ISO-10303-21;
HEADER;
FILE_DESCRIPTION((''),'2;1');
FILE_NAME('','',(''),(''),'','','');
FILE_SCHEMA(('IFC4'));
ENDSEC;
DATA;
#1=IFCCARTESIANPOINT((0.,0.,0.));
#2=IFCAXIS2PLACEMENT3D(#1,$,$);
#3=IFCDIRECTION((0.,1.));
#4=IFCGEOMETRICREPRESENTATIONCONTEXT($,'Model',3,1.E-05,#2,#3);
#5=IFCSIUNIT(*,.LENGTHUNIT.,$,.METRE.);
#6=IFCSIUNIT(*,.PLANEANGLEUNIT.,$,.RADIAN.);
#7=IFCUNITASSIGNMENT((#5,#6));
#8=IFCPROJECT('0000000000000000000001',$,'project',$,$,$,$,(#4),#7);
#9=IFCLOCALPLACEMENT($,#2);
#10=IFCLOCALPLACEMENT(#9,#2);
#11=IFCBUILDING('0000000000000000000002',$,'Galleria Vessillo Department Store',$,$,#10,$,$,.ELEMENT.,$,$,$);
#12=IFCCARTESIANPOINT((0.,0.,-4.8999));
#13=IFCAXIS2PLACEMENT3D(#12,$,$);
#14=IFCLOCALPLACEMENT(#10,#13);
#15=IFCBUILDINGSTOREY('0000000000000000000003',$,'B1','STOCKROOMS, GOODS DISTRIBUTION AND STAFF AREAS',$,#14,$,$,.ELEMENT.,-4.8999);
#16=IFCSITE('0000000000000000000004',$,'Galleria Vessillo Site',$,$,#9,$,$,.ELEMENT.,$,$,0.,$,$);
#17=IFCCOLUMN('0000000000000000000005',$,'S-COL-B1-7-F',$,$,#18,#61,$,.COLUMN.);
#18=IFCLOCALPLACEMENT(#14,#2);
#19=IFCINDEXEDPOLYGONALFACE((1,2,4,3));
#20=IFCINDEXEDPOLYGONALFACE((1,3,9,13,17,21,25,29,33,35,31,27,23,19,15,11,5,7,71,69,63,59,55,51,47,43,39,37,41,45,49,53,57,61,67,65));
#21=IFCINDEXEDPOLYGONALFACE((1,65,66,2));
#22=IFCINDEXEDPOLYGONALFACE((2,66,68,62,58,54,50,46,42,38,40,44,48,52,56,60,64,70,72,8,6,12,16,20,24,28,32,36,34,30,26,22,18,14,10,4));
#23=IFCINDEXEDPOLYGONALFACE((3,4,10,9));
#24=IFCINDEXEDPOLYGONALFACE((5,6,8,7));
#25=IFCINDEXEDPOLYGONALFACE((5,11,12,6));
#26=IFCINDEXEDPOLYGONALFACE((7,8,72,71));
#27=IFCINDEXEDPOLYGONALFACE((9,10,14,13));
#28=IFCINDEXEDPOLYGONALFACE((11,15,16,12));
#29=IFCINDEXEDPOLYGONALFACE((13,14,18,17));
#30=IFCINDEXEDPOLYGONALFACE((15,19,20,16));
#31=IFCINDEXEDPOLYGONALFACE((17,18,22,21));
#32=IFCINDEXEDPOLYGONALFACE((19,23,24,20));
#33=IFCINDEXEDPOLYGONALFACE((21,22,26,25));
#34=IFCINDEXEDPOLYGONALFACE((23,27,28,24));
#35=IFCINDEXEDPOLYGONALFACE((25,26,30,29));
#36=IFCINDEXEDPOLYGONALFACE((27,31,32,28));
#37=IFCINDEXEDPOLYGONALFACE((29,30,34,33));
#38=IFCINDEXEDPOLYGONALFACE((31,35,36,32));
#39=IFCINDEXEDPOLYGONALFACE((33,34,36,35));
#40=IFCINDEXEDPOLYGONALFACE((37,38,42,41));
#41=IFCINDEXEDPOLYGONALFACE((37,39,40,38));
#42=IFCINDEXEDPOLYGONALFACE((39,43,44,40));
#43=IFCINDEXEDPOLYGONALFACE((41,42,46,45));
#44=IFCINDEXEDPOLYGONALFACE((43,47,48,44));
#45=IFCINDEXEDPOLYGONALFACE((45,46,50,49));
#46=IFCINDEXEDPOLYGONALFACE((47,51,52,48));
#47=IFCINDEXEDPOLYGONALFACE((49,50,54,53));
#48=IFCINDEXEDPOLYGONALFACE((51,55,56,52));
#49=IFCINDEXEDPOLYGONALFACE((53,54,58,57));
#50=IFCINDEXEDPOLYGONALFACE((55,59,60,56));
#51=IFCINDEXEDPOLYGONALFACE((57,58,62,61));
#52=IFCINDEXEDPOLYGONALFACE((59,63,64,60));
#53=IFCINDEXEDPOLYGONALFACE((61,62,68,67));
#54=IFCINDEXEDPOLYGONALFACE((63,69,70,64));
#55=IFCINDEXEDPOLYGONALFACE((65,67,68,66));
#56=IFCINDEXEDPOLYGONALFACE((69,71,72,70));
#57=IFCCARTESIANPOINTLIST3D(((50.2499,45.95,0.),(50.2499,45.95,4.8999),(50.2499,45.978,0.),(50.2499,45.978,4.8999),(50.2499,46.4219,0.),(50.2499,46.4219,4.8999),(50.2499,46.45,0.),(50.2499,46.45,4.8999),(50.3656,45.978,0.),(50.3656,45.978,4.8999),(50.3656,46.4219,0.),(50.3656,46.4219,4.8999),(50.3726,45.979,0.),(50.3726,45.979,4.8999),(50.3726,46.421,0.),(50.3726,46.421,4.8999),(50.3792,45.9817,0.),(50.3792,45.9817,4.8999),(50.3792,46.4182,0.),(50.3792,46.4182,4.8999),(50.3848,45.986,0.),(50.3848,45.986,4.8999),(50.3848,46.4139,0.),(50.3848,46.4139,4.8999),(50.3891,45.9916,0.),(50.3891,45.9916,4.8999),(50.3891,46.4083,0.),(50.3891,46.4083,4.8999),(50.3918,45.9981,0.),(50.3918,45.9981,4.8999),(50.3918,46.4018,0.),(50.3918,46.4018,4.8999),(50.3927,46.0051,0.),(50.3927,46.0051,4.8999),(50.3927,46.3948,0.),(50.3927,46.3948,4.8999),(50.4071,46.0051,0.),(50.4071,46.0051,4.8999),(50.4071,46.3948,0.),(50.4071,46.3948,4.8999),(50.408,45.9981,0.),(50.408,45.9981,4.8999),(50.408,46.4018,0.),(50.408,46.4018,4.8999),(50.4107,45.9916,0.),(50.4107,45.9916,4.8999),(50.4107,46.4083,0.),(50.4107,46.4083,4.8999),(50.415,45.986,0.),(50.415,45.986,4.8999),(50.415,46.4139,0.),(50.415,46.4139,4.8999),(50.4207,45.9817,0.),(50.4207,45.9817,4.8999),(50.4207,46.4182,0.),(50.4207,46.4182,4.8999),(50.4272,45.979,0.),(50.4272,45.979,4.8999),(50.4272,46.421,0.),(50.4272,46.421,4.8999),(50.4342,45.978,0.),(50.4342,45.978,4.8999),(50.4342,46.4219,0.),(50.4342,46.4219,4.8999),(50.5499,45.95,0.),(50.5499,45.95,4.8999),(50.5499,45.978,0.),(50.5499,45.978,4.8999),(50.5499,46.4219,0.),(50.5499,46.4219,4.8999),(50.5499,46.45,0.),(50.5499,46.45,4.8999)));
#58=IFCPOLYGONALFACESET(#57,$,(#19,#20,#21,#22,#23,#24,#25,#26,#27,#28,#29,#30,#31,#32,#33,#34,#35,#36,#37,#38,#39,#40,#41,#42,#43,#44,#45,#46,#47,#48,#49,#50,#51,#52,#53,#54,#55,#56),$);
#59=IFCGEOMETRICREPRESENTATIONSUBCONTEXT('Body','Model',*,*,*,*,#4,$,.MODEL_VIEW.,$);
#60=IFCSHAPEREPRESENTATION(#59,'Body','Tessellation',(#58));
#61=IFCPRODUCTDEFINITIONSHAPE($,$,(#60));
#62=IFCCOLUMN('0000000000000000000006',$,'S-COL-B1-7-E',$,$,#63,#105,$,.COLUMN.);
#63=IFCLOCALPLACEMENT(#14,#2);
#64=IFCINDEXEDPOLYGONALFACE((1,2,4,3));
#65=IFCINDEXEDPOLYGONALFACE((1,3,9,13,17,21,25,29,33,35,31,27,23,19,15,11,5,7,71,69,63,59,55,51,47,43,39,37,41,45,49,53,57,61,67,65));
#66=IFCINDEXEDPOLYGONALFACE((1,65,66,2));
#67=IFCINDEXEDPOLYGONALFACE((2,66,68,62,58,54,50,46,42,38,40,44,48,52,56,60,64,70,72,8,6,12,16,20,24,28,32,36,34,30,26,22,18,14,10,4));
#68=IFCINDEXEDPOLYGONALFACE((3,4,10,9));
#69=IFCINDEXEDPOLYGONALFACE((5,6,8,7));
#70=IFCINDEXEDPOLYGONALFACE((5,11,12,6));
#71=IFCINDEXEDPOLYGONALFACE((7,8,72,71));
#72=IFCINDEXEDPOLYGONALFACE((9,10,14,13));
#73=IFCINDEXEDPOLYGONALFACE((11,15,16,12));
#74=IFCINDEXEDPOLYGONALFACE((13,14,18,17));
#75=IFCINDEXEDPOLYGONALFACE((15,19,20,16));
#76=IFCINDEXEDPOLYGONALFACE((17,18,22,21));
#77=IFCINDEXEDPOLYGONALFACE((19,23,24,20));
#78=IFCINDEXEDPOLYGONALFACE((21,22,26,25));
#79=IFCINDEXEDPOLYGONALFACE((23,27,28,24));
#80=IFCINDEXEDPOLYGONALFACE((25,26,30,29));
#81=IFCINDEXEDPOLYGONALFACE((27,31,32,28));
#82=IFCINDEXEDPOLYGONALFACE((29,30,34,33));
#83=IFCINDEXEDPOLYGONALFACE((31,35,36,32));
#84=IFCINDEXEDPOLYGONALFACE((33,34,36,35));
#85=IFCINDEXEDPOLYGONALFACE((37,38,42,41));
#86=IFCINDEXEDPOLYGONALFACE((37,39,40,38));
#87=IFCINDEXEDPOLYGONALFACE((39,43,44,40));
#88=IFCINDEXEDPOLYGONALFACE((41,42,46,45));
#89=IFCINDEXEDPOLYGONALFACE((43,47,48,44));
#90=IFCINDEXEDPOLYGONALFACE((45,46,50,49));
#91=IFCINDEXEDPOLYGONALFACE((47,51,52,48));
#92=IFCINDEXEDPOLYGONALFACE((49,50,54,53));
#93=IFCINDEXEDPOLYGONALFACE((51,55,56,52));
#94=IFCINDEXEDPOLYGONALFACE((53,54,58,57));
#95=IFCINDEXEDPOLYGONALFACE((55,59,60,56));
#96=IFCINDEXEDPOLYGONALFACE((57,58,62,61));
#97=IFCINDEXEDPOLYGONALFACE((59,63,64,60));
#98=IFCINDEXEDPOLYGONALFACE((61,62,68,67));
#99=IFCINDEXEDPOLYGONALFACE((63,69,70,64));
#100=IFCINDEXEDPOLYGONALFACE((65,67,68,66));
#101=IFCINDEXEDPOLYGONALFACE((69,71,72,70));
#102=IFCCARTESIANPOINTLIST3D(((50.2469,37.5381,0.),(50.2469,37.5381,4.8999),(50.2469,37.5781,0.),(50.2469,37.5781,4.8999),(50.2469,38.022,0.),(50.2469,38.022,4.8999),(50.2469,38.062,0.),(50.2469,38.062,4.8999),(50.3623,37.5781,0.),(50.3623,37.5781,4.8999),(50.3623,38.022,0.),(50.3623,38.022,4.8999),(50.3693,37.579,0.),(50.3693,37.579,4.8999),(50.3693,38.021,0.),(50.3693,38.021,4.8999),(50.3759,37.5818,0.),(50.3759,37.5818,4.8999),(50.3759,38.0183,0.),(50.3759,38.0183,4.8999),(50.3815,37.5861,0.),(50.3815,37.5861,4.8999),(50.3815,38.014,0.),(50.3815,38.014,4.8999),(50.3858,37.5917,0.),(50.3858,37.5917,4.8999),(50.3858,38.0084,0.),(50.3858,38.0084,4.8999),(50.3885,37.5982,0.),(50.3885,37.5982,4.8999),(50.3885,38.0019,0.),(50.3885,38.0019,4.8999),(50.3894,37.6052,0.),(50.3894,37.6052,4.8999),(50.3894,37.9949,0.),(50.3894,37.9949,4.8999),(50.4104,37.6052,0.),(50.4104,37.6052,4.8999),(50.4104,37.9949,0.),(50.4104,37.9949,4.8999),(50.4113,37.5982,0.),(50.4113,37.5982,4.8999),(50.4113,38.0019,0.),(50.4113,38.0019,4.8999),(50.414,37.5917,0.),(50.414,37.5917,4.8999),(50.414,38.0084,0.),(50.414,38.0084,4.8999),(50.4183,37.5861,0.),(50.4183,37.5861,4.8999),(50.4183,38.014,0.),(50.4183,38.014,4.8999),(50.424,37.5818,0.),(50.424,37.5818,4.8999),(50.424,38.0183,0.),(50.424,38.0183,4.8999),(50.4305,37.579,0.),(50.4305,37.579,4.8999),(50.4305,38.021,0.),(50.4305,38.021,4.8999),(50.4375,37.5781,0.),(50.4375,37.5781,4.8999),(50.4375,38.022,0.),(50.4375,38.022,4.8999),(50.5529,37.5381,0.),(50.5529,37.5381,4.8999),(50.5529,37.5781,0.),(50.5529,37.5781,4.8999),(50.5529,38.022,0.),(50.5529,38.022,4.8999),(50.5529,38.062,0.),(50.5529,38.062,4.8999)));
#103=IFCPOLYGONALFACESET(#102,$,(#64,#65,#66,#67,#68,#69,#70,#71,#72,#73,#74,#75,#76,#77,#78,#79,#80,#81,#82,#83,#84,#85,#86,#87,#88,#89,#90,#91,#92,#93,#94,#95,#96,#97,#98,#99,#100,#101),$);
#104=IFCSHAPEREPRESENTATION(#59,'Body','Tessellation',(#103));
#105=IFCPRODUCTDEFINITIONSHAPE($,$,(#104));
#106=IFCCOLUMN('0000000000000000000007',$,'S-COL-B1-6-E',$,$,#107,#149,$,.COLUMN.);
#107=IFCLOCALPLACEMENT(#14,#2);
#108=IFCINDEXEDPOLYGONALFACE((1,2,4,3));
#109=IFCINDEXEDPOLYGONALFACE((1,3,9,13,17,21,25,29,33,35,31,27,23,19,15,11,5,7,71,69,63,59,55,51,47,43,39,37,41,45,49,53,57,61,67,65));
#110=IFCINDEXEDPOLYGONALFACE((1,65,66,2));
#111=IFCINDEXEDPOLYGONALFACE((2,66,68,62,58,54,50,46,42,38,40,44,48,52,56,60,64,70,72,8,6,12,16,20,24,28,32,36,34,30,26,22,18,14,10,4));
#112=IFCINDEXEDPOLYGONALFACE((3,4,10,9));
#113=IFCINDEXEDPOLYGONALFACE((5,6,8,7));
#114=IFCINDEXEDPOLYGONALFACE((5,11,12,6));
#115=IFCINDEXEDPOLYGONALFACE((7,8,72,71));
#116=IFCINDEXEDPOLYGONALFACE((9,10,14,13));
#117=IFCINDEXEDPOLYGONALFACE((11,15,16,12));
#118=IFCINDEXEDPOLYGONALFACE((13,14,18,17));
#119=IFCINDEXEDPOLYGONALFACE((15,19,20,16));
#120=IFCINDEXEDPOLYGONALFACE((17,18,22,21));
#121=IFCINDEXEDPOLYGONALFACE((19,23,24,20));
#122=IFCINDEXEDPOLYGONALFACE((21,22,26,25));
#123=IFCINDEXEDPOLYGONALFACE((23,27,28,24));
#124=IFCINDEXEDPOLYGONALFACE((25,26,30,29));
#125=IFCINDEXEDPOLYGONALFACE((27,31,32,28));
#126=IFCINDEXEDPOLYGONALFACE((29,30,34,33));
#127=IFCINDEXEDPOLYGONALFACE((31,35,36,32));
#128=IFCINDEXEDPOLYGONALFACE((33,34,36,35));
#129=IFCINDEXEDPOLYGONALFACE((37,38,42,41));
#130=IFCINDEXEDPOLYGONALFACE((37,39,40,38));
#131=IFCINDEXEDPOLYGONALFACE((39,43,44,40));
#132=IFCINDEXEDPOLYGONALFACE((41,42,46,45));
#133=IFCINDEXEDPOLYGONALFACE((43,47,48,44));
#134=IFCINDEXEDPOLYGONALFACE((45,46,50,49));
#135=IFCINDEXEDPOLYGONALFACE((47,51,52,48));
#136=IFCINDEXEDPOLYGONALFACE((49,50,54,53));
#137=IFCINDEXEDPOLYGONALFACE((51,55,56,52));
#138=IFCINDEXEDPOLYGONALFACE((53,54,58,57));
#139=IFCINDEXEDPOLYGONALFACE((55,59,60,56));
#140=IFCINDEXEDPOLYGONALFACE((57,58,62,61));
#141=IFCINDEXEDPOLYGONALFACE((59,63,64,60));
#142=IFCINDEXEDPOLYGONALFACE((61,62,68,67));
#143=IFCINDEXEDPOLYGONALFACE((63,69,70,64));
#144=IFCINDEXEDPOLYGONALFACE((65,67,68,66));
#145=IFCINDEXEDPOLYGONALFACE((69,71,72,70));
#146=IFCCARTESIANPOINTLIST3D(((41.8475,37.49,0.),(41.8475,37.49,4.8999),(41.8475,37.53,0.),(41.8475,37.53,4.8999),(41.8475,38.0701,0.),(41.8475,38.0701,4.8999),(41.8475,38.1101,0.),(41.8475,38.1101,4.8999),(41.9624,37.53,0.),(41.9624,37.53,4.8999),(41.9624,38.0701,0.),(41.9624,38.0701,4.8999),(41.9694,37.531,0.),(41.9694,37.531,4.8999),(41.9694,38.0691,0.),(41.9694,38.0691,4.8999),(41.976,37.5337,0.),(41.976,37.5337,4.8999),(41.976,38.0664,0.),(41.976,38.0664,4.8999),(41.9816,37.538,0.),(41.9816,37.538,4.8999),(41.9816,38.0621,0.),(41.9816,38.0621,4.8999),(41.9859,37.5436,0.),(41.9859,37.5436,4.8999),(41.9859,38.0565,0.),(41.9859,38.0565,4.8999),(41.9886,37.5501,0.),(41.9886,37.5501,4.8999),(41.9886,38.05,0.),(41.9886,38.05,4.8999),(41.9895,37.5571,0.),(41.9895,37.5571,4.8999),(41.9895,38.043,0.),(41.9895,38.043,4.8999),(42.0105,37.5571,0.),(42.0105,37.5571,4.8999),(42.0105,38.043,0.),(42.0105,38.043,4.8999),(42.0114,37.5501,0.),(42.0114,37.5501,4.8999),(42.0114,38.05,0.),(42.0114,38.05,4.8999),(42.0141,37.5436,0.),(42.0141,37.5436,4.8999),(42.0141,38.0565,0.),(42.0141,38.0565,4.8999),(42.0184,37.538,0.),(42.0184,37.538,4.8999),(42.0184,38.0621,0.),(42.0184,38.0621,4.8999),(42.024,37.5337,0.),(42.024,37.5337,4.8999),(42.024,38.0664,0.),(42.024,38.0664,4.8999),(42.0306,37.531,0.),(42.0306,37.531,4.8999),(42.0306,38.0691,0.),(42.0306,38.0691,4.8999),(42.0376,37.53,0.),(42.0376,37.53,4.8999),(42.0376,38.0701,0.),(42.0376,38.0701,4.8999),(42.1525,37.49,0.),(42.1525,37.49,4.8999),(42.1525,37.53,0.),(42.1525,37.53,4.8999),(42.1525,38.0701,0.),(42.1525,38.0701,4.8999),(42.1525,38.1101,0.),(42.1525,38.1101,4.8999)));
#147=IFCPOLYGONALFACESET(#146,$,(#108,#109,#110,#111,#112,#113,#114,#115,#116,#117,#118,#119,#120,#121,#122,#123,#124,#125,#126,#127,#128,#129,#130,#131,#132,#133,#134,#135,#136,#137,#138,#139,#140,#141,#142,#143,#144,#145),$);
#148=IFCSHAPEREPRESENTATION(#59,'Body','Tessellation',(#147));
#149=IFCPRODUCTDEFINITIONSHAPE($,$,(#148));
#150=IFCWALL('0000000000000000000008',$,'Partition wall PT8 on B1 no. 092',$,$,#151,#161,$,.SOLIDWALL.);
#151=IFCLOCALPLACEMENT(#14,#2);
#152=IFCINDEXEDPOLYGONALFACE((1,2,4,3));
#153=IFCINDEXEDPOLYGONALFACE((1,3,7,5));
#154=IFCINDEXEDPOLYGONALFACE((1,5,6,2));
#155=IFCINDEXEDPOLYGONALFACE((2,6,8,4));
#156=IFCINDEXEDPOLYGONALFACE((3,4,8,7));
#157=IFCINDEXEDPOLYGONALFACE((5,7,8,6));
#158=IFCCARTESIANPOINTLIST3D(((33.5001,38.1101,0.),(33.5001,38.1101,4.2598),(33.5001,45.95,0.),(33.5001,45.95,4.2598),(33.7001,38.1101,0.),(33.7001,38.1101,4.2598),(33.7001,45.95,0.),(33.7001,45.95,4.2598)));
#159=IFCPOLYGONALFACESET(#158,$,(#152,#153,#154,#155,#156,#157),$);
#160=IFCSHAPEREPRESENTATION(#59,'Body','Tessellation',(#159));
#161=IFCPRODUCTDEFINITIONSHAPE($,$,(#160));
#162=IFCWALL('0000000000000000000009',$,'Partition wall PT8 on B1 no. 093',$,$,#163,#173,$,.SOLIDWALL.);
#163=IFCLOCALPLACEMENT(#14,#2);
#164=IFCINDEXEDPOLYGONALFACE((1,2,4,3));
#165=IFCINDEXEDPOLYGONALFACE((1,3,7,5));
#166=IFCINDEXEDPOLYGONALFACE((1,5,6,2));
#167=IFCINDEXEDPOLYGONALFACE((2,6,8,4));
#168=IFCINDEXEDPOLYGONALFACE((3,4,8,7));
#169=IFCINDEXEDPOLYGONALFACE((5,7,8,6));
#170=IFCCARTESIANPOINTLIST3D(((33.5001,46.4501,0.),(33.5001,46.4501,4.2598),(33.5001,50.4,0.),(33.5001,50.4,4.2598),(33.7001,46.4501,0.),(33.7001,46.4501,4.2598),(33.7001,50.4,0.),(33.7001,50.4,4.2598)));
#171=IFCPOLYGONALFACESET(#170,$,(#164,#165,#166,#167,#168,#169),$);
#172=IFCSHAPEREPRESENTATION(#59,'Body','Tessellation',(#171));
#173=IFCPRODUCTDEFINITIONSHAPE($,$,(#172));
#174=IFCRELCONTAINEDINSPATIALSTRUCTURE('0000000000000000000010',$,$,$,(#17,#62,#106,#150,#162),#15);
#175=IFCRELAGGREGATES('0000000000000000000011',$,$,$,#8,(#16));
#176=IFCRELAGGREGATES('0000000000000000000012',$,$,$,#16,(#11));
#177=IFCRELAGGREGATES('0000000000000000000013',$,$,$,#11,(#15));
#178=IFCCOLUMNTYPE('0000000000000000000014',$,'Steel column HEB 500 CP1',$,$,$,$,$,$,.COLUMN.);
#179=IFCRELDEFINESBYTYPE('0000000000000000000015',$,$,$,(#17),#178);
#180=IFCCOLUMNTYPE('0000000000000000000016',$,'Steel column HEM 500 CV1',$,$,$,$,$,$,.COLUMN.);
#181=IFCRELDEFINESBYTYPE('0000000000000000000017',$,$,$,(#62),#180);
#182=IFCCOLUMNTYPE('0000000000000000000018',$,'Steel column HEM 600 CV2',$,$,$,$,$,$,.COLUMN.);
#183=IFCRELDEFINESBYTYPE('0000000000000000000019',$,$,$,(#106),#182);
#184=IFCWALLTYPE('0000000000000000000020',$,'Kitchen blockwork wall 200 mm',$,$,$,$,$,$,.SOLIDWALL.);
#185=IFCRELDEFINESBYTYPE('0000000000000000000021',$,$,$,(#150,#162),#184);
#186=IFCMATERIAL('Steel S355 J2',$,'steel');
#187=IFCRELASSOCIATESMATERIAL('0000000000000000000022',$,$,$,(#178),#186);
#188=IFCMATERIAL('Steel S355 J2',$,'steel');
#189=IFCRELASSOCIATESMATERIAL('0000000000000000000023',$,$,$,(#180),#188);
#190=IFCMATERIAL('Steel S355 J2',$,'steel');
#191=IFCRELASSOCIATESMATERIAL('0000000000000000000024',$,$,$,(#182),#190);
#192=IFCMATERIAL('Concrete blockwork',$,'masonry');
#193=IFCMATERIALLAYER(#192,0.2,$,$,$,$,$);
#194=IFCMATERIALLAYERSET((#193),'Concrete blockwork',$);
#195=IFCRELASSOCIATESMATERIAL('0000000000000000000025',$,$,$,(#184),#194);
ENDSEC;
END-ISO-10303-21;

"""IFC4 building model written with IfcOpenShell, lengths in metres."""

from ifc_helpers import new_model, si_unit, direction, frame, frame_2d, origin, origin_2d, place, context, subcontext, project, spatial, rectangle, i_section, extrude, material, layer, layer_set, material_profile, profile_set, type_object, element, save


model = new_model("IFC4")

# Units and contexts
model_context = context("Model", 3, precision=1e-05, world=origin(), true_north=direction((0.0, 1.0)))
body_context = subcontext(model_context, "Body", "Model", "MODEL_VIEW")
ifc_project = project(units=[si_unit("LENGTHUNIT", "METRE"), si_unit("PLANEANGLEUNIT", "RADIAN")], contexts=[model_context])

# Site, building, storey
site_placement = place(None, origin())
site = spatial("IfcSite", under=ifc_project, at=site_placement, Name="Galleria Vessillo Site", CompositionType="ELEMENT", RefElevation=0.0)
building_placement = place(site_placement, origin())
building = spatial("IfcBuilding", under=site, at=building_placement, Name="Galleria Vessillo Department Store", CompositionType="ELEMENT")
storey_placement = place(building_placement, frame((0.0, 0.0, -4.8999)))
storey = spatial("IfcBuildingStorey", under=building, at=storey_placement, Name="B1", Description="STOCKROOMS, GOODS DISTRIBUTION AND STAFF AREAS", CompositionType="ELEMENT", Elevation=-4.8999)

# Columns
ifc_material_1 = material(Name="Steel S355 J2", Category="steel")
ifc_material_profile_1 = material_profile(ifc_material_1, i_section(OverallWidth=0.3, OverallDepth=0.5, WebThickness=0.0144, FlangeThickness=0.0281, FilletRadius=0.0271, at=origin_2d()), Name="HEB 500")
ifc_profile_set_1 = profile_set([ifc_material_profile_1], Name="Steel S355 J2")
column_type_1 = type_object("IfcColumnType", Name="Steel column HEB 500 CP1", PredefinedType="COLUMN", material=ifc_profile_set_1)
for number, where, z_axis, x_axis, name in (
    (1, (50.3999, 46.2, 0.0), (0.0, 0.0, 1.0), (1.0, 0.0, 0.0), "S-COL-B1-7-F"),
):
    element("IfcColumn", number, at=place(storey_placement, frame(where, z_axis=z_axis, x_axis=x_axis)), inside=storey, type_object=column_type_1, Name=name, PredefinedType="COLUMN", context=body_context, shape_type="SweptSolid", body=[
        extrude(i_section(OverallWidth=0.3, OverallDepth=0.5, WebThickness=0.0144, FlangeThickness=0.0281, FilletRadius=0.0271, at=origin_2d()), origin(), (0.0, 0.0, 1.0), 4.8999),
    ])
ifc_material_2 = material(Name="Steel S355 J2", Category="steel")
ifc_material_profile_2 = material_profile(ifc_material_2, i_section(OverallWidth=0.3059, OverallDepth=0.5239, WebThickness=0.021, FlangeThickness=0.04, FilletRadius=0.0271, at=origin_2d()), Name="HEM 500")
ifc_profile_set_2 = profile_set([ifc_material_profile_2], Name="Steel S355 J2")
column_type_2 = type_object("IfcColumnType", Name="Steel column HEM 500 CV1", PredefinedType="COLUMN", material=ifc_profile_set_2)
column_1_placement = place(storey_placement, frame((50.3999, 37.8, 0.0), z_axis=(0.0, 0.0, 1.0), x_axis=(1.0, 0.0, 0.0)))
element("IfcColumn", 2, at=column_1_placement, inside=storey, type_object=column_type_2, Name="S-COL-B1-7-E", PredefinedType="COLUMN", context=body_context, shape_type="SweptSolid", body=[
    extrude(i_section(OverallWidth=0.3059, OverallDepth=0.5239, WebThickness=0.021, FlangeThickness=0.04, FilletRadius=0.0271, at=origin_2d()), origin(), (0.0, 0.0, 1.0), 4.8999),
])
ifc_material_3 = material(Name="Steel S355 J2", Category="steel")
ifc_material_profile_3 = material_profile(ifc_material_3, i_section(OverallWidth=0.3049, OverallDepth=0.6201, WebThickness=0.021, FlangeThickness=0.04, FilletRadius=0.0271, at=origin_2d()), Name="HEM 600")
ifc_profile_set_3 = profile_set([ifc_material_profile_3], Name="Steel S355 J2")
column_type_3 = type_object("IfcColumnType", Name="Steel column HEM 600 CV2", PredefinedType="COLUMN", material=ifc_profile_set_3)
column_2_placement = place(storey_placement, frame((42.0, 37.8, 0.0), z_axis=(0.0, 0.0, 1.0), x_axis=(1.0, 0.0, 0.0)))
element("IfcColumn", 3, at=column_2_placement, inside=storey, type_object=column_type_3, Name="S-COL-B1-6-E", PredefinedType="COLUMN", context=body_context, shape_type="SweptSolid", body=[
    extrude(i_section(OverallWidth=0.3049, OverallDepth=0.6201, WebThickness=0.021, FlangeThickness=0.04, FilletRadius=0.0271, at=origin_2d()), origin(), (0.0, 0.0, 1.0), 4.8999),
])

# Walls
ifc_material_4 = material(Name="Concrete blockwork", Category="masonry")
ifc_layer_1 = layer(ifc_material_4, 0.2)
ifc_layer_set_1 = layer_set([ifc_layer_1], Name="Concrete blockwork")
wall_type_1 = type_object("IfcWallType", Name="Kitchen blockwork wall 200 mm", PredefinedType="SOLIDWALL", material=ifc_layer_set_1)
wall_1_placement = place(storey_placement, frame((33.6001, 38.1101, 0.0), z_axis=(0.0, 0.0, 1.0), x_axis=(0.0, 1.0, 0.0)))
element("IfcWall", 4, at=wall_1_placement, inside=storey, type_object=wall_type_1, Name="Partition wall PT8 on B1 no. 092", PredefinedType="SOLIDWALL", context=body_context, shape_type="SweptSolid", body=[
    extrude(rectangle(XDim=7.8398, YDim=0.2, at=frame_2d((3.9199, 0.0))), origin(), (0.0, 0.0, 1.0), 4.2598),
])
wall_2_placement = place(storey_placement, frame((33.6001, 46.45, 0.0), z_axis=(0.0, 0.0, 1.0), x_axis=(0.0, 1.0, 0.0)))
element("IfcWall", 5, at=wall_2_placement, inside=storey, type_object=wall_type_1, Name="Partition wall PT8 on B1 no. 093", PredefinedType="SOLIDWALL", context=body_context, shape_type="SweptSolid", body=[
    extrude(rectangle(XDim=3.95, YDim=0.2, at=frame_2d((1.9751, 0.0))), origin(), (0.0, 0.0, 1.0), 4.2598),
])

save(model, "model.ifc")
